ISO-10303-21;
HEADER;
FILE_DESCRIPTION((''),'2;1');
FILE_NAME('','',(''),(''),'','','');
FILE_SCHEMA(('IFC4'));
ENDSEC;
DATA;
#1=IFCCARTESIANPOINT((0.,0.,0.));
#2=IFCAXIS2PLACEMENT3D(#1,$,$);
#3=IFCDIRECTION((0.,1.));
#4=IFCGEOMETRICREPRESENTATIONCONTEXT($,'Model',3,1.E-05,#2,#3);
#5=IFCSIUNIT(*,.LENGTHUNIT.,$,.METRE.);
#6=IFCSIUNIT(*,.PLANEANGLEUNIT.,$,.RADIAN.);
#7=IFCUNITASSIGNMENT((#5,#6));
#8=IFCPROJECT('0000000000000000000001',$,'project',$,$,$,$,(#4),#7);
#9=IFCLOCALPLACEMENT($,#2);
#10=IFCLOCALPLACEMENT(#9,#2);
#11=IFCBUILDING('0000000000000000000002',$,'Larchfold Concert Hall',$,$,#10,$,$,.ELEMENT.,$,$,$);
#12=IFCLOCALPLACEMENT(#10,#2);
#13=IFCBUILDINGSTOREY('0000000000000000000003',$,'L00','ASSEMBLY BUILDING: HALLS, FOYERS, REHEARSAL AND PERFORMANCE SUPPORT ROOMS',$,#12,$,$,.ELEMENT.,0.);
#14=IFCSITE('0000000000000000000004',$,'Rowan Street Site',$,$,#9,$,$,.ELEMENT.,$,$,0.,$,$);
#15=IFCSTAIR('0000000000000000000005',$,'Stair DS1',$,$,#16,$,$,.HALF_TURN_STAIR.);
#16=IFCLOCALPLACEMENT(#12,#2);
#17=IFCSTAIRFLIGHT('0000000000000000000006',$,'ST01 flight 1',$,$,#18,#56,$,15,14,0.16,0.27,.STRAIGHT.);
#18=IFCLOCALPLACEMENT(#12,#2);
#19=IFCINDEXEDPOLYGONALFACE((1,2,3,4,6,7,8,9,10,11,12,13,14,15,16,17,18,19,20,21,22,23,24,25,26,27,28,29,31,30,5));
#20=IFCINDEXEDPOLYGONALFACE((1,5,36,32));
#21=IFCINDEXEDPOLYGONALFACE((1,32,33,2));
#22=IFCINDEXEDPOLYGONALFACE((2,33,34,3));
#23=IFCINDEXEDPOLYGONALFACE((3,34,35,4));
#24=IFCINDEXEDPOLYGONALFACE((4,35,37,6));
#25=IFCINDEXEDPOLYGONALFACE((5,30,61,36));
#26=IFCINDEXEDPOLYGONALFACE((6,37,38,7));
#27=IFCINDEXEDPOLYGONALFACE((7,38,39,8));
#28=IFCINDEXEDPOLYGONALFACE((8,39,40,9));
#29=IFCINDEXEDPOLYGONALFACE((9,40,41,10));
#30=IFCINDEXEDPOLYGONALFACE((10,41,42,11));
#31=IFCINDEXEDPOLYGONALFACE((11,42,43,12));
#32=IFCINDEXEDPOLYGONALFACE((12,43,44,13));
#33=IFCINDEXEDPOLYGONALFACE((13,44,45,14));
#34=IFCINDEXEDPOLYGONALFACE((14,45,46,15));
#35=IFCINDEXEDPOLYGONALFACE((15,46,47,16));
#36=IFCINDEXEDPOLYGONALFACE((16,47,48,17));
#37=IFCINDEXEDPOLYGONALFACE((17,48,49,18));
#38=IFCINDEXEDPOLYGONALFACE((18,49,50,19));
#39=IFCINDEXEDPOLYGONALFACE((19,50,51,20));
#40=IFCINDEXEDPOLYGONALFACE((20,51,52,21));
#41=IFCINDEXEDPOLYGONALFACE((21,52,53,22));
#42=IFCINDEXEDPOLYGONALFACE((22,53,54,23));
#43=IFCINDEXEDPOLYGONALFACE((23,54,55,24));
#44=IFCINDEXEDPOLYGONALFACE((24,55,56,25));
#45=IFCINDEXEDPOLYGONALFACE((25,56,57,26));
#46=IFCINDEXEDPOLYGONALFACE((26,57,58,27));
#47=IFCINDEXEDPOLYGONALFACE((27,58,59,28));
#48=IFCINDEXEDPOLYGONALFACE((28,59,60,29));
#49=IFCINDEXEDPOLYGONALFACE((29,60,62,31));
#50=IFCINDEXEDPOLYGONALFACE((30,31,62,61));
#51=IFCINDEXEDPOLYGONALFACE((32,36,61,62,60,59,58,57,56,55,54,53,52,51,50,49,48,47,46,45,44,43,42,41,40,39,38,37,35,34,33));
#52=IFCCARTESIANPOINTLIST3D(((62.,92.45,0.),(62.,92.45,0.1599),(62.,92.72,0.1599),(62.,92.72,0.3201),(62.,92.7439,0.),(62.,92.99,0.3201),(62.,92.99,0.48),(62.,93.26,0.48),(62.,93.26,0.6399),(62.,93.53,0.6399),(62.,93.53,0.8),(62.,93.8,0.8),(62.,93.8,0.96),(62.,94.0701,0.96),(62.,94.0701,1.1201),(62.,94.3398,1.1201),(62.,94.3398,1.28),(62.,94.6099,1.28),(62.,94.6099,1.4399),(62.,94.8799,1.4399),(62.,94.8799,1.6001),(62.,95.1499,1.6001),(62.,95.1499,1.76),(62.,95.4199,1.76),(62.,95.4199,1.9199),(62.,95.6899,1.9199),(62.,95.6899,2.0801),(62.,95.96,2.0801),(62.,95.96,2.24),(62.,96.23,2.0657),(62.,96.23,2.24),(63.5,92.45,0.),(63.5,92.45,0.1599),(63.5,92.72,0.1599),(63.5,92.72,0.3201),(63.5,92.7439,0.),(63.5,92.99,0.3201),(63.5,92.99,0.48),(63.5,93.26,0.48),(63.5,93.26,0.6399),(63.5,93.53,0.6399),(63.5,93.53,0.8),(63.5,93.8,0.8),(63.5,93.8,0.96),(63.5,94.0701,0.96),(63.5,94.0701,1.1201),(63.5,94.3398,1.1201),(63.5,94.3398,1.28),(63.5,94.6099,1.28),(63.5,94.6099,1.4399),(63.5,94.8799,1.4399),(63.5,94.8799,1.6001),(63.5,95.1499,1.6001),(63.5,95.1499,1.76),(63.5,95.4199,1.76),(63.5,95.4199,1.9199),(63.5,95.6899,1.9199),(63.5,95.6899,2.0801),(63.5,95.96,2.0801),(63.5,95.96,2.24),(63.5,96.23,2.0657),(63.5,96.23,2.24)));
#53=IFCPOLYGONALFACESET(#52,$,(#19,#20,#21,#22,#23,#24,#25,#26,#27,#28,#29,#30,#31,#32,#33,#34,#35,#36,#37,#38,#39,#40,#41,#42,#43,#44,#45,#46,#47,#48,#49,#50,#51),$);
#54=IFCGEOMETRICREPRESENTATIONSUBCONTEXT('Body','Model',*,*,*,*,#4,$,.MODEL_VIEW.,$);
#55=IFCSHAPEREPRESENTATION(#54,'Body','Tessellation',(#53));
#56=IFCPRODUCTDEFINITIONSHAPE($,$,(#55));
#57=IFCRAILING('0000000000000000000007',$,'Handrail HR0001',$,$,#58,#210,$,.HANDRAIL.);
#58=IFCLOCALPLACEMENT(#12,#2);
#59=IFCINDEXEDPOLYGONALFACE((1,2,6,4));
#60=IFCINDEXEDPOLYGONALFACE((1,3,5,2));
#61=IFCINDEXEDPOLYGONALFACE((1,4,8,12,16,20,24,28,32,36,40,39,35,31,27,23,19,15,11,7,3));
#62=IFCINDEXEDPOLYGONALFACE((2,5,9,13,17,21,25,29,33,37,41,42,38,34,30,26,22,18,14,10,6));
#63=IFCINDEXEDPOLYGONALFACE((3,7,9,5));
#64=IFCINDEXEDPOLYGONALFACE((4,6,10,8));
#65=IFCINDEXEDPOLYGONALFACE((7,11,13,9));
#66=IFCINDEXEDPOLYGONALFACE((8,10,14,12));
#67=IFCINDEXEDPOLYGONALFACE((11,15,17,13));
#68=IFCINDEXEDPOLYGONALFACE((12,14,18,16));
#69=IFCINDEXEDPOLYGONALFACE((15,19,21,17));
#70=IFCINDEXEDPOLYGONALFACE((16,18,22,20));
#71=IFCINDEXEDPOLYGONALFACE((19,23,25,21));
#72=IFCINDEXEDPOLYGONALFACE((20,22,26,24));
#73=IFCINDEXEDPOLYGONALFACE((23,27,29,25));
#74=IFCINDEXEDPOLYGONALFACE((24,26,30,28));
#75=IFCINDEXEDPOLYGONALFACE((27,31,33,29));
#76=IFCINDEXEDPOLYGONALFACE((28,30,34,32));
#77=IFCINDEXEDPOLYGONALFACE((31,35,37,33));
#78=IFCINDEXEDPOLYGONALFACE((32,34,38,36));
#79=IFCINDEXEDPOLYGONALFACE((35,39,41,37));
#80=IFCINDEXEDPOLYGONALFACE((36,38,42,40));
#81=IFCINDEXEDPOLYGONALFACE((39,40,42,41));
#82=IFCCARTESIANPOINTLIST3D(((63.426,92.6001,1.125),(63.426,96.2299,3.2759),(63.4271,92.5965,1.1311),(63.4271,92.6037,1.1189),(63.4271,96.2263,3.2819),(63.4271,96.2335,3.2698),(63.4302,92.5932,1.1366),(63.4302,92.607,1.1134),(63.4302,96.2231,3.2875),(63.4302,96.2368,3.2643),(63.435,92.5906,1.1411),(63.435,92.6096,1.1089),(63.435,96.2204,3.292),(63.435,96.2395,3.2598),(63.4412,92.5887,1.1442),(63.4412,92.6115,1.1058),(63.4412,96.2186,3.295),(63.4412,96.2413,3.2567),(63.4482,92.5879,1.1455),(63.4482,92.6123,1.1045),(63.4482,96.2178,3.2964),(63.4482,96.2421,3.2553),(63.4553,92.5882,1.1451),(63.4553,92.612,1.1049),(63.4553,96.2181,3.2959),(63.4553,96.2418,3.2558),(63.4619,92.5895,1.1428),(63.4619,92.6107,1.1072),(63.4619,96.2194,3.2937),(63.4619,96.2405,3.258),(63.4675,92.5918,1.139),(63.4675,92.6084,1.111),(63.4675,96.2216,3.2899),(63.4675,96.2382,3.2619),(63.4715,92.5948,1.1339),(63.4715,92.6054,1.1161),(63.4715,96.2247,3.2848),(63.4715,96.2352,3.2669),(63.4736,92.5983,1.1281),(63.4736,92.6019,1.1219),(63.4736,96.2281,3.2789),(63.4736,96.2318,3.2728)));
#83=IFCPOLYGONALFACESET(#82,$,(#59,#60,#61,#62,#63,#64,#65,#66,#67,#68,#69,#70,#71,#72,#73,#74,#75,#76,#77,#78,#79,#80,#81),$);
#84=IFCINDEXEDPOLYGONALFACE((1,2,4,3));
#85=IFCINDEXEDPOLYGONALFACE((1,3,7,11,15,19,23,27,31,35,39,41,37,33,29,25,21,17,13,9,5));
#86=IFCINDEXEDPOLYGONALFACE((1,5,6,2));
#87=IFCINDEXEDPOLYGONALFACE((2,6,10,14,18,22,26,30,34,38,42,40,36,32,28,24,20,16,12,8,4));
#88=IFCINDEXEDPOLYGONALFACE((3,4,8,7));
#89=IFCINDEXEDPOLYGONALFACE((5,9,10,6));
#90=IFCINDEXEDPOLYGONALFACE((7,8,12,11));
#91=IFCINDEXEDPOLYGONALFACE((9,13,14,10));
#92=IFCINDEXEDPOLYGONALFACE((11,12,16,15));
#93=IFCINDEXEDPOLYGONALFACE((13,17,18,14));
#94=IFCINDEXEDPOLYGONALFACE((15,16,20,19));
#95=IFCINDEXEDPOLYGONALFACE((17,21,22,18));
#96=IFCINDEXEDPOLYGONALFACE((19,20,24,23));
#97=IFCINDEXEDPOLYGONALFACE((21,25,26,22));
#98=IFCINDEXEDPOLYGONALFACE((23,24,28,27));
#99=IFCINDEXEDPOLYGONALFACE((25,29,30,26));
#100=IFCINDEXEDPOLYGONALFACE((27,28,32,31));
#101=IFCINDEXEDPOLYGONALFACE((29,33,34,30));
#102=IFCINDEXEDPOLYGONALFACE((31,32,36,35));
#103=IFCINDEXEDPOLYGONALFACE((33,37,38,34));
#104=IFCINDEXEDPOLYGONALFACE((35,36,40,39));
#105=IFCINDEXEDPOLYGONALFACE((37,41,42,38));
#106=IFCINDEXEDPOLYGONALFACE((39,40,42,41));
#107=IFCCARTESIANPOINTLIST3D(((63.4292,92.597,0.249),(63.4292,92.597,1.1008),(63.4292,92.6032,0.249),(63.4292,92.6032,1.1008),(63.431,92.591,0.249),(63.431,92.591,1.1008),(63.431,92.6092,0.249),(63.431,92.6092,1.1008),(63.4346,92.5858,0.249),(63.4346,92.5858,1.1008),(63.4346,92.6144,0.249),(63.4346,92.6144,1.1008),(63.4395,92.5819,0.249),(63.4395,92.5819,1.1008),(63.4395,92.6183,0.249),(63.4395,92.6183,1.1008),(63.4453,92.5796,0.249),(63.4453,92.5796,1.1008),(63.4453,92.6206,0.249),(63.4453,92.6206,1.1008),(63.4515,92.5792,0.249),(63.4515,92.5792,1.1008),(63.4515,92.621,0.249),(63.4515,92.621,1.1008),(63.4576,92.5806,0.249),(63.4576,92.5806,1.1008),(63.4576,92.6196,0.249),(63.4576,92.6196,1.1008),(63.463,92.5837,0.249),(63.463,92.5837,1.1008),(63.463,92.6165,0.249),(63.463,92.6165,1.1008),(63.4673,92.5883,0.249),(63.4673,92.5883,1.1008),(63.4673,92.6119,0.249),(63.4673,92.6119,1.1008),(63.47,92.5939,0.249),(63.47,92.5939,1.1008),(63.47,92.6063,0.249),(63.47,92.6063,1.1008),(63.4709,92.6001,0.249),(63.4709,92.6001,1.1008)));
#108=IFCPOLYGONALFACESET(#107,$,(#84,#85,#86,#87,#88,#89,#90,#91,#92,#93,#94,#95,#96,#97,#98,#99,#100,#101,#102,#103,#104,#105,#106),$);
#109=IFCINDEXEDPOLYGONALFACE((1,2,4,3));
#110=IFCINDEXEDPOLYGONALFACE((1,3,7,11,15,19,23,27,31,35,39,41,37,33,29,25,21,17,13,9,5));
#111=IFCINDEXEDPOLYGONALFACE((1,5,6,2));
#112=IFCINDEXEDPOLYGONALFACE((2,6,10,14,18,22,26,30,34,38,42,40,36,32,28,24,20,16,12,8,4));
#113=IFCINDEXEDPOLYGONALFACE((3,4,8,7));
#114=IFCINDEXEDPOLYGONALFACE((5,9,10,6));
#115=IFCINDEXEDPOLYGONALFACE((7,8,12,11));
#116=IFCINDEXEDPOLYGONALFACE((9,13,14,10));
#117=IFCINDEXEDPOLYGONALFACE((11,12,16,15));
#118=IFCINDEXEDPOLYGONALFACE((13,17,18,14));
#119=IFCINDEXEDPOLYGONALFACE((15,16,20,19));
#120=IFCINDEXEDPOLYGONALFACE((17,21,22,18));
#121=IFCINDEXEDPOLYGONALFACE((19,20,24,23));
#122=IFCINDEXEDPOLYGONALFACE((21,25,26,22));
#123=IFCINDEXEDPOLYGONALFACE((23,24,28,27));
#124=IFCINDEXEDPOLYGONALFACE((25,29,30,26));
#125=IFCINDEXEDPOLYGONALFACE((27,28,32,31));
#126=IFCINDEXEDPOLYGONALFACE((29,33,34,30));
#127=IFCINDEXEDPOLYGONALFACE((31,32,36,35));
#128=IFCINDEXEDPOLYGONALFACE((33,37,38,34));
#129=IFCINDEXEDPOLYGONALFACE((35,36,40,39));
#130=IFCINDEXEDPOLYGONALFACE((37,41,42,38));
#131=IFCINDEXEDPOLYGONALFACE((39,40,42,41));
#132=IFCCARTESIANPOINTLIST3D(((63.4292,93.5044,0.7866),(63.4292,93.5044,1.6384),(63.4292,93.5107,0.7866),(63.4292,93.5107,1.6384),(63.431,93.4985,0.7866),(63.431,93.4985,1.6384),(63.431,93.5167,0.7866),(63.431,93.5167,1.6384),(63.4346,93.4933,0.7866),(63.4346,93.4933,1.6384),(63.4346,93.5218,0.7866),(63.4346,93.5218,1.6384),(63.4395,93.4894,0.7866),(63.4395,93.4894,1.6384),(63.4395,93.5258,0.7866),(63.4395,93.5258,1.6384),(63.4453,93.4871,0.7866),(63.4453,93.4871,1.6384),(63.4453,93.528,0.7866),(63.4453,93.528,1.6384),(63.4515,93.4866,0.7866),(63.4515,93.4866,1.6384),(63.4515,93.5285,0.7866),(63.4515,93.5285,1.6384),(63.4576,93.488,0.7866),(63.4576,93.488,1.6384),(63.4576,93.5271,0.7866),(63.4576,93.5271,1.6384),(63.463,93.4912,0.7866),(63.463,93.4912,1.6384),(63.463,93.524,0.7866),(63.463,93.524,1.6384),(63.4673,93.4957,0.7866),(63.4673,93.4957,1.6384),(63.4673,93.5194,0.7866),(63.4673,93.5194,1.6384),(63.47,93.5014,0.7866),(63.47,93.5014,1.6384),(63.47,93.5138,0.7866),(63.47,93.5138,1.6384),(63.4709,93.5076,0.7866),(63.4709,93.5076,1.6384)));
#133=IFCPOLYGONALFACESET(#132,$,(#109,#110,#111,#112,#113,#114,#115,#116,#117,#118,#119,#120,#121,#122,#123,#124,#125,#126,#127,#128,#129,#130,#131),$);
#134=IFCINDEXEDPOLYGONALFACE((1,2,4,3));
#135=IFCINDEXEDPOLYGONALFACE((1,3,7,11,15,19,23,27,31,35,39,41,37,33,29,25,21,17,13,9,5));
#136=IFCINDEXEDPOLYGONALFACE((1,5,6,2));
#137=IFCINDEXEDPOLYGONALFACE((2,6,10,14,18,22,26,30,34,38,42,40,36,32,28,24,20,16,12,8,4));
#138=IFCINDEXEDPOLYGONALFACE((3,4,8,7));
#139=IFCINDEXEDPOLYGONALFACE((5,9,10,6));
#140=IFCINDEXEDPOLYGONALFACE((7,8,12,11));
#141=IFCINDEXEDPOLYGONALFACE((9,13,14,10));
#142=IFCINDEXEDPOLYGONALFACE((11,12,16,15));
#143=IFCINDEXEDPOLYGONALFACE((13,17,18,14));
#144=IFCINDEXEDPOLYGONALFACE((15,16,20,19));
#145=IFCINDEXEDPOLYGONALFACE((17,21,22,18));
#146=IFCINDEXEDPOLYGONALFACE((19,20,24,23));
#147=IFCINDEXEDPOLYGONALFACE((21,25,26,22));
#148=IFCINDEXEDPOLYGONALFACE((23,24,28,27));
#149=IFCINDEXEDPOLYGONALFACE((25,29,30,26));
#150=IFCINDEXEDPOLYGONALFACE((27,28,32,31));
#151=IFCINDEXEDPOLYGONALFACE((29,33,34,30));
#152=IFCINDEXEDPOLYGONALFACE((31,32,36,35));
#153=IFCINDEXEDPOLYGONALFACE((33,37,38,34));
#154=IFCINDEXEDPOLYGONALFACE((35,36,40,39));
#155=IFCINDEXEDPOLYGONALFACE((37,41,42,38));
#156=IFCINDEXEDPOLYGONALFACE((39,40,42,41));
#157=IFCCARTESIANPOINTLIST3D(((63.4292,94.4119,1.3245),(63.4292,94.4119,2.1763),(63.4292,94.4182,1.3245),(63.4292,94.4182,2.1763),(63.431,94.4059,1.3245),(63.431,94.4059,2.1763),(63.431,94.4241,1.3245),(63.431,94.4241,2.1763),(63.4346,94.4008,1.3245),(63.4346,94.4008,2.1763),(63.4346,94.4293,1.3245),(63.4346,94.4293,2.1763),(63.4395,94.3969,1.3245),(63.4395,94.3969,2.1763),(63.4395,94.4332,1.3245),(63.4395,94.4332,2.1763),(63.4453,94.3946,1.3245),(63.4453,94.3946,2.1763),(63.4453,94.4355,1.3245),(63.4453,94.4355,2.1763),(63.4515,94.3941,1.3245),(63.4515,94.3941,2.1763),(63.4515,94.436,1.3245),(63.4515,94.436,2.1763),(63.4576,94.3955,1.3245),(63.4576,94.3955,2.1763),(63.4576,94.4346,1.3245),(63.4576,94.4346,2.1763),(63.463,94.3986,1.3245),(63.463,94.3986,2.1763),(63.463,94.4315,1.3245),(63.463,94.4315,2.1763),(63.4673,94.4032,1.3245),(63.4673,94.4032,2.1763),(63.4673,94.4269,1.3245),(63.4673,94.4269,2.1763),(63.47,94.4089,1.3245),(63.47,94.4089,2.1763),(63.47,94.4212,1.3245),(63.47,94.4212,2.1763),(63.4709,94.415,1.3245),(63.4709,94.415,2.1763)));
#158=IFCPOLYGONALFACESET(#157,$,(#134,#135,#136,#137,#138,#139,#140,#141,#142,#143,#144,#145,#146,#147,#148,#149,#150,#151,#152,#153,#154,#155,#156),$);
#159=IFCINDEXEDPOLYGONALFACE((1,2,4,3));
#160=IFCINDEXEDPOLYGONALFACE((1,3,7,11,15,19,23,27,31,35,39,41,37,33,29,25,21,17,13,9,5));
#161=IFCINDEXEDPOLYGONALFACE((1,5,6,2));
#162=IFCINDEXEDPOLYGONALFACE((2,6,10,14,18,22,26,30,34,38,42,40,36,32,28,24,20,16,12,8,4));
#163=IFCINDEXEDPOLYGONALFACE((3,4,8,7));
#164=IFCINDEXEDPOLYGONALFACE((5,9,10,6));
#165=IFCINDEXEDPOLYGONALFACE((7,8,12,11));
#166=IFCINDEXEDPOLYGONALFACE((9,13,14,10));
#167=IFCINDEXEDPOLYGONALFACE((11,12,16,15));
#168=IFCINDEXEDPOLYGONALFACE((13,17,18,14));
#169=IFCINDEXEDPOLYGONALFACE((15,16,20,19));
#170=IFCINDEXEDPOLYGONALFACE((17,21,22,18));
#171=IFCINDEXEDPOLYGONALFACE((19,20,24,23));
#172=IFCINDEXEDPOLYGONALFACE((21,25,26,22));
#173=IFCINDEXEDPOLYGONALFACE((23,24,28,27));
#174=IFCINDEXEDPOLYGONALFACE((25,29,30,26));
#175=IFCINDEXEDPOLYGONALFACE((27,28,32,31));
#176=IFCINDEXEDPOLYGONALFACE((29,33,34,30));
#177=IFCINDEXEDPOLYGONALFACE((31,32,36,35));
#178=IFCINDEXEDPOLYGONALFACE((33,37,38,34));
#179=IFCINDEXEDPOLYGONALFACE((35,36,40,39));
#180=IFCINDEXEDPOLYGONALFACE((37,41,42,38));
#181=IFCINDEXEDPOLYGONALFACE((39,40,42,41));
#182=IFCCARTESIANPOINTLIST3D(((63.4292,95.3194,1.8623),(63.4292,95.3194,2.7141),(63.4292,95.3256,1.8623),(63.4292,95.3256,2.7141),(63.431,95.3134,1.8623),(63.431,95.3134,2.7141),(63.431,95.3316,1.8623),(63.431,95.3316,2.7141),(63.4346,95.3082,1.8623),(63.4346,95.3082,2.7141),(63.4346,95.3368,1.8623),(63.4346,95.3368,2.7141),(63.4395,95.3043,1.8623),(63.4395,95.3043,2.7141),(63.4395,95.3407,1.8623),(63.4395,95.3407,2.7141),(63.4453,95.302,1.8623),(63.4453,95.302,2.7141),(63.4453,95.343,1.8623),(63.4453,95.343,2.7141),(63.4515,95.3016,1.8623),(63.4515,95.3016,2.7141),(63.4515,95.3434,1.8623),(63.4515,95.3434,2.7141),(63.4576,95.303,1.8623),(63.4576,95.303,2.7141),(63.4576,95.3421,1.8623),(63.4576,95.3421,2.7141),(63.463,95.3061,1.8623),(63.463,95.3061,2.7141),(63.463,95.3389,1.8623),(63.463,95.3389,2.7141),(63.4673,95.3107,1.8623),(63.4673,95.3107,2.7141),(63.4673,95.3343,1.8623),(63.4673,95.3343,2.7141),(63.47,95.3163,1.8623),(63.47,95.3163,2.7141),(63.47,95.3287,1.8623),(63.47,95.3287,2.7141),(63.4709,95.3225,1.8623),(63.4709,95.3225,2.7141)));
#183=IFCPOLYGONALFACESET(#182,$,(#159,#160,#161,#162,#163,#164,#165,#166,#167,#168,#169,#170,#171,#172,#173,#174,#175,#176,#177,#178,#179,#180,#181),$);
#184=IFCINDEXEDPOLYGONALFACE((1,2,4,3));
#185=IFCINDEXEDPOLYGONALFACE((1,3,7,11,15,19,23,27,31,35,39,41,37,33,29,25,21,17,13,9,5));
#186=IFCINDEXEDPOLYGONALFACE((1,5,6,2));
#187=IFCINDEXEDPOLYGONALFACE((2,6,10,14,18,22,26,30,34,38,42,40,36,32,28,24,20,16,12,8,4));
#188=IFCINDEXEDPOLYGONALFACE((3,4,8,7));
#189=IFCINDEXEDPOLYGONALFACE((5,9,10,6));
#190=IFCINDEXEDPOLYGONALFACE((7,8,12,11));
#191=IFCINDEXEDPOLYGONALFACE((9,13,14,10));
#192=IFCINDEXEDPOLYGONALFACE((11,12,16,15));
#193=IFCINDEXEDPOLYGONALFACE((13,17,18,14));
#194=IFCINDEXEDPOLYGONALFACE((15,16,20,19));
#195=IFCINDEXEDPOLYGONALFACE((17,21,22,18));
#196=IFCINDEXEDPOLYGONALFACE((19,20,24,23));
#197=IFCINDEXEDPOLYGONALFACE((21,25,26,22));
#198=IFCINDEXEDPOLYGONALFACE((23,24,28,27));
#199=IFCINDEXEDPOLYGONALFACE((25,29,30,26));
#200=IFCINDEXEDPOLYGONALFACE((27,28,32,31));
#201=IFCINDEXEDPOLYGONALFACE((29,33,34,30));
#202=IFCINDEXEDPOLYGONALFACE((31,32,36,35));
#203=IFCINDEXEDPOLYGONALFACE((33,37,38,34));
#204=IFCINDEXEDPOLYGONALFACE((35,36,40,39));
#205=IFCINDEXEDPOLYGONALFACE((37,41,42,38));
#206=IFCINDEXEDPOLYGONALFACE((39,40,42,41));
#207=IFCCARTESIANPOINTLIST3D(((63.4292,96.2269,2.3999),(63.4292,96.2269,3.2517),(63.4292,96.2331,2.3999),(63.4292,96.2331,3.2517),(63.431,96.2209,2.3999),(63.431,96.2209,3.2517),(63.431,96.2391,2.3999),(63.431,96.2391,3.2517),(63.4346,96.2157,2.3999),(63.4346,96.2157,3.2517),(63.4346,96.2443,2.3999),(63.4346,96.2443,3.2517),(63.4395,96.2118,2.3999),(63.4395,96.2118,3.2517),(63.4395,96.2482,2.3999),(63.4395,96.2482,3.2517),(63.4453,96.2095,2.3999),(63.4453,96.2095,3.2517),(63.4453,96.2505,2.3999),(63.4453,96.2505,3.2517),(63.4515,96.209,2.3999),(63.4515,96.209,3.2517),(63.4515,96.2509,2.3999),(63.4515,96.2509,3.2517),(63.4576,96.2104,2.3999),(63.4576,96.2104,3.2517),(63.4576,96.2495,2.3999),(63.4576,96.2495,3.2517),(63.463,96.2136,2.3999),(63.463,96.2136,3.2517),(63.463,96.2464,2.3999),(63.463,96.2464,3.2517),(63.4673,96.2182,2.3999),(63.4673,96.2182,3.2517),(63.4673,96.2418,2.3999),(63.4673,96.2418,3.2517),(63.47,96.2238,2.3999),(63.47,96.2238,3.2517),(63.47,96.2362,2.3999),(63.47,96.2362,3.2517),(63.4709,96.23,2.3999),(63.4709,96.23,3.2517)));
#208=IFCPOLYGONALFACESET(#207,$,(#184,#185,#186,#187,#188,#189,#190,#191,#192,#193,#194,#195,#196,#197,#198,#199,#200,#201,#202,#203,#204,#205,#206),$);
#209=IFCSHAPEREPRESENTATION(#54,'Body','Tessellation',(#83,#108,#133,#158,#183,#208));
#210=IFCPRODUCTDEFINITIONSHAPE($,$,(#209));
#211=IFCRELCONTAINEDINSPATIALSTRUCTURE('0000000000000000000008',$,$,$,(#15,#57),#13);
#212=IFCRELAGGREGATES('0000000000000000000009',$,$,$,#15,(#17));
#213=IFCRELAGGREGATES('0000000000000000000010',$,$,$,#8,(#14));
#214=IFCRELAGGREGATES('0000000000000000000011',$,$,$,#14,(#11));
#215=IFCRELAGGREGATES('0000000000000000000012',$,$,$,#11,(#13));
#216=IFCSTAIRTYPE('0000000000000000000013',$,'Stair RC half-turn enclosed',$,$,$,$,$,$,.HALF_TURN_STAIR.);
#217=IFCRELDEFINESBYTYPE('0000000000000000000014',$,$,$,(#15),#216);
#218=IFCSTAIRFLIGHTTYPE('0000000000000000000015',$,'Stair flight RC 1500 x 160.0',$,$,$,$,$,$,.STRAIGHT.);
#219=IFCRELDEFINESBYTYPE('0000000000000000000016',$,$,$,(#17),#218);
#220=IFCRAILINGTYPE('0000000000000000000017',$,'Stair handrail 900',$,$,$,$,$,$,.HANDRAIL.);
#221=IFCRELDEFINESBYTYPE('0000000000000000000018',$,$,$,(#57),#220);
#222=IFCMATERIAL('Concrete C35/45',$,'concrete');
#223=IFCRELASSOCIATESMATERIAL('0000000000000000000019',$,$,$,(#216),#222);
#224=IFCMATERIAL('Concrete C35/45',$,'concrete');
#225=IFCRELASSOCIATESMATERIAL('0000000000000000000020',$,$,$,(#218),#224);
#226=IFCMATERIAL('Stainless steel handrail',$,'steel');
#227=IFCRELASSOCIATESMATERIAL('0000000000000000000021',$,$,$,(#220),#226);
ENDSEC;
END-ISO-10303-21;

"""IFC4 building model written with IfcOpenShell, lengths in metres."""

from ifc_helpers import new_model, si_unit, direction, frame, origin, origin_2d, place, context, subcontext, project, spatial, polyline, circle, outline, extrude, material, type_object, element, aggregate, save


model = new_model("IFC4")

# Units and contexts
model_context = context("Model", 3, precision=1e-05, world=origin(), true_north=direction((0.0, 1.0)))
body_context = subcontext(model_context, "Body", "Model", "MODEL_VIEW")
ifc_project = project(units=[si_unit("LENGTHUNIT", "METRE"), si_unit("PLANEANGLEUNIT", "RADIAN")], contexts=[model_context])

# Site, building, storey
site_placement = place(None, origin())
site = spatial("IfcSite", under=ifc_project, at=site_placement, Name="Rowan Street Site", CompositionType="ELEMENT", RefElevation=0.0)
building_placement = place(site_placement, origin())
building = spatial("IfcBuilding", under=site, at=building_placement, Name="Larchfold Concert Hall", CompositionType="ELEMENT")
storey_placement = place(building_placement, origin())
storey = spatial("IfcBuildingStorey", under=building, at=storey_placement, Name="L00", Description="ASSEMBLY BUILDING: HALLS, FOYERS, REHEARSAL AND PERFORMANCE SUPPORT ROOMS", CompositionType="ELEMENT", Elevation=0.0)

# Stair, stair flight
ifc_material_1 = material(Name="Concrete C35/45", Category="concrete")
stair_type = type_object("IfcStairType", Name="Stair RC half-turn enclosed", PredefinedType="HALF_TURN_STAIR", material=ifc_material_1)
stair_placement = place(storey_placement, origin())
stair = element("IfcStair", 1, at=stair_placement, inside=storey, type_object=stair_type, Name="Stair DS1", PredefinedType="HALF_TURN_STAIR")
ifc_material_2 = material(Name="Concrete C35/45", Category="concrete")
stair_flight_type = type_object("IfcStairFlightType", Name="Stair flight RC 1500 x 160.0", PredefinedType="STRAIGHT", material=ifc_material_2)
stair_flight_placement = place(storey_placement, frame((62.75, 92.45, 0.0), z_axis=(0.0, 0.0, 1.0), x_axis=(0.0, 1.0, 0.0)))
stair_flight = element("IfcStairFlight", 2, at=stair_flight_placement, type_object=stair_flight_type, Name="ST01 flight 1", NumberOfRisers=15, NumberOfTreads=14, PredefinedType="STRAIGHT", RiserHeight=0.16, TreadLength=0.27, context=body_context, shape_type="SweptSolid", body=[
    extrude(outline(polyline([(0.0, 0.0), (0.0, 0.1599), (0.27, 0.1599), (0.27, 0.3201), (0.54, 0.3201), (0.54, 0.48), (0.8101, 0.48), (0.8101, 0.6399), (1.0801, 0.6399), (1.0801, 0.8), (1.3501, 0.8), (1.3501, 0.96), (1.6201, 0.96), (1.6201, 1.1201), (1.8899, 1.1201), (1.8899, 1.28), (2.1599, 1.28), (2.1599, 1.4399), (2.4299, 1.4399), (2.4299, 1.6001), (2.7, 1.6001), (2.7, 1.76), (2.97, 1.76), (2.97, 1.9199), (3.24, 1.9199), (3.24, 2.0801), (3.51, 2.0801), (3.51, 2.24), (3.78, 2.24), (3.78, 2.3999), (3.78, 2.0657), (0.2939, 0.0), (0.0, 0.0)])), frame((0.0, 0.75, 0.0), z_axis=(0.0, -1.0, 0.0), x_axis=(1.0, 0.0, 0.0)), (0.0, 0.0, 1.0), 1.5),
])
aggregate(stair, [stair_flight])

# Railing
ifc_material_3 = material(Name="Stainless steel handrail", Category="steel")
railing_type = type_object("IfcRailingType", Name="Stair handrail 900", PredefinedType="HANDRAIL", material=ifc_material_3)
railing_placement = place(storey_placement, frame((63.45, 92.6001, 0.249)))
element("IfcRailing", 3, at=railing_placement, inside=storey, type_object=railing_type, Name="Handrail HR0001", PredefinedType="HANDRAIL", context=body_context, shape_type="SweptSolid", body=[
    extrude(circle(Radius=0.0239, at=origin_2d()), frame((0.0, 0.0, 0.876), z_axis=(0.0, 0.860308, 0.509774), x_axis=(-1.0, 0.0, 0.0)), (0.0, 0.0, 1.0), 4.2192),
    extrude(circle(Radius=0.021, at=origin_2d()), origin(), (0.0, 0.0, 1.0), 0.8518),
    extrude(circle(Radius=0.021, at=origin_2d()), frame((0.0, 0.9075, 0.5376)), (0.0, 0.0, 1.0), 0.8518),
    extrude(circle(Radius=0.021, at=origin_2d()), frame((0.0, 1.8149, 1.0754)), (0.0, 0.0, 1.0), 0.8518),
    extrude(circle(Radius=0.021, at=origin_2d()), frame((0.0, 2.7224, 1.6133)), (0.0, 0.0, 1.0), 0.8518),
    extrude(circle(Radius=0.021, at=origin_2d()), frame((0.0, 3.6299, 2.1509)), (0.0, 0.0, 1.0), 0.8518),
])

save(model, "model.ifc")
